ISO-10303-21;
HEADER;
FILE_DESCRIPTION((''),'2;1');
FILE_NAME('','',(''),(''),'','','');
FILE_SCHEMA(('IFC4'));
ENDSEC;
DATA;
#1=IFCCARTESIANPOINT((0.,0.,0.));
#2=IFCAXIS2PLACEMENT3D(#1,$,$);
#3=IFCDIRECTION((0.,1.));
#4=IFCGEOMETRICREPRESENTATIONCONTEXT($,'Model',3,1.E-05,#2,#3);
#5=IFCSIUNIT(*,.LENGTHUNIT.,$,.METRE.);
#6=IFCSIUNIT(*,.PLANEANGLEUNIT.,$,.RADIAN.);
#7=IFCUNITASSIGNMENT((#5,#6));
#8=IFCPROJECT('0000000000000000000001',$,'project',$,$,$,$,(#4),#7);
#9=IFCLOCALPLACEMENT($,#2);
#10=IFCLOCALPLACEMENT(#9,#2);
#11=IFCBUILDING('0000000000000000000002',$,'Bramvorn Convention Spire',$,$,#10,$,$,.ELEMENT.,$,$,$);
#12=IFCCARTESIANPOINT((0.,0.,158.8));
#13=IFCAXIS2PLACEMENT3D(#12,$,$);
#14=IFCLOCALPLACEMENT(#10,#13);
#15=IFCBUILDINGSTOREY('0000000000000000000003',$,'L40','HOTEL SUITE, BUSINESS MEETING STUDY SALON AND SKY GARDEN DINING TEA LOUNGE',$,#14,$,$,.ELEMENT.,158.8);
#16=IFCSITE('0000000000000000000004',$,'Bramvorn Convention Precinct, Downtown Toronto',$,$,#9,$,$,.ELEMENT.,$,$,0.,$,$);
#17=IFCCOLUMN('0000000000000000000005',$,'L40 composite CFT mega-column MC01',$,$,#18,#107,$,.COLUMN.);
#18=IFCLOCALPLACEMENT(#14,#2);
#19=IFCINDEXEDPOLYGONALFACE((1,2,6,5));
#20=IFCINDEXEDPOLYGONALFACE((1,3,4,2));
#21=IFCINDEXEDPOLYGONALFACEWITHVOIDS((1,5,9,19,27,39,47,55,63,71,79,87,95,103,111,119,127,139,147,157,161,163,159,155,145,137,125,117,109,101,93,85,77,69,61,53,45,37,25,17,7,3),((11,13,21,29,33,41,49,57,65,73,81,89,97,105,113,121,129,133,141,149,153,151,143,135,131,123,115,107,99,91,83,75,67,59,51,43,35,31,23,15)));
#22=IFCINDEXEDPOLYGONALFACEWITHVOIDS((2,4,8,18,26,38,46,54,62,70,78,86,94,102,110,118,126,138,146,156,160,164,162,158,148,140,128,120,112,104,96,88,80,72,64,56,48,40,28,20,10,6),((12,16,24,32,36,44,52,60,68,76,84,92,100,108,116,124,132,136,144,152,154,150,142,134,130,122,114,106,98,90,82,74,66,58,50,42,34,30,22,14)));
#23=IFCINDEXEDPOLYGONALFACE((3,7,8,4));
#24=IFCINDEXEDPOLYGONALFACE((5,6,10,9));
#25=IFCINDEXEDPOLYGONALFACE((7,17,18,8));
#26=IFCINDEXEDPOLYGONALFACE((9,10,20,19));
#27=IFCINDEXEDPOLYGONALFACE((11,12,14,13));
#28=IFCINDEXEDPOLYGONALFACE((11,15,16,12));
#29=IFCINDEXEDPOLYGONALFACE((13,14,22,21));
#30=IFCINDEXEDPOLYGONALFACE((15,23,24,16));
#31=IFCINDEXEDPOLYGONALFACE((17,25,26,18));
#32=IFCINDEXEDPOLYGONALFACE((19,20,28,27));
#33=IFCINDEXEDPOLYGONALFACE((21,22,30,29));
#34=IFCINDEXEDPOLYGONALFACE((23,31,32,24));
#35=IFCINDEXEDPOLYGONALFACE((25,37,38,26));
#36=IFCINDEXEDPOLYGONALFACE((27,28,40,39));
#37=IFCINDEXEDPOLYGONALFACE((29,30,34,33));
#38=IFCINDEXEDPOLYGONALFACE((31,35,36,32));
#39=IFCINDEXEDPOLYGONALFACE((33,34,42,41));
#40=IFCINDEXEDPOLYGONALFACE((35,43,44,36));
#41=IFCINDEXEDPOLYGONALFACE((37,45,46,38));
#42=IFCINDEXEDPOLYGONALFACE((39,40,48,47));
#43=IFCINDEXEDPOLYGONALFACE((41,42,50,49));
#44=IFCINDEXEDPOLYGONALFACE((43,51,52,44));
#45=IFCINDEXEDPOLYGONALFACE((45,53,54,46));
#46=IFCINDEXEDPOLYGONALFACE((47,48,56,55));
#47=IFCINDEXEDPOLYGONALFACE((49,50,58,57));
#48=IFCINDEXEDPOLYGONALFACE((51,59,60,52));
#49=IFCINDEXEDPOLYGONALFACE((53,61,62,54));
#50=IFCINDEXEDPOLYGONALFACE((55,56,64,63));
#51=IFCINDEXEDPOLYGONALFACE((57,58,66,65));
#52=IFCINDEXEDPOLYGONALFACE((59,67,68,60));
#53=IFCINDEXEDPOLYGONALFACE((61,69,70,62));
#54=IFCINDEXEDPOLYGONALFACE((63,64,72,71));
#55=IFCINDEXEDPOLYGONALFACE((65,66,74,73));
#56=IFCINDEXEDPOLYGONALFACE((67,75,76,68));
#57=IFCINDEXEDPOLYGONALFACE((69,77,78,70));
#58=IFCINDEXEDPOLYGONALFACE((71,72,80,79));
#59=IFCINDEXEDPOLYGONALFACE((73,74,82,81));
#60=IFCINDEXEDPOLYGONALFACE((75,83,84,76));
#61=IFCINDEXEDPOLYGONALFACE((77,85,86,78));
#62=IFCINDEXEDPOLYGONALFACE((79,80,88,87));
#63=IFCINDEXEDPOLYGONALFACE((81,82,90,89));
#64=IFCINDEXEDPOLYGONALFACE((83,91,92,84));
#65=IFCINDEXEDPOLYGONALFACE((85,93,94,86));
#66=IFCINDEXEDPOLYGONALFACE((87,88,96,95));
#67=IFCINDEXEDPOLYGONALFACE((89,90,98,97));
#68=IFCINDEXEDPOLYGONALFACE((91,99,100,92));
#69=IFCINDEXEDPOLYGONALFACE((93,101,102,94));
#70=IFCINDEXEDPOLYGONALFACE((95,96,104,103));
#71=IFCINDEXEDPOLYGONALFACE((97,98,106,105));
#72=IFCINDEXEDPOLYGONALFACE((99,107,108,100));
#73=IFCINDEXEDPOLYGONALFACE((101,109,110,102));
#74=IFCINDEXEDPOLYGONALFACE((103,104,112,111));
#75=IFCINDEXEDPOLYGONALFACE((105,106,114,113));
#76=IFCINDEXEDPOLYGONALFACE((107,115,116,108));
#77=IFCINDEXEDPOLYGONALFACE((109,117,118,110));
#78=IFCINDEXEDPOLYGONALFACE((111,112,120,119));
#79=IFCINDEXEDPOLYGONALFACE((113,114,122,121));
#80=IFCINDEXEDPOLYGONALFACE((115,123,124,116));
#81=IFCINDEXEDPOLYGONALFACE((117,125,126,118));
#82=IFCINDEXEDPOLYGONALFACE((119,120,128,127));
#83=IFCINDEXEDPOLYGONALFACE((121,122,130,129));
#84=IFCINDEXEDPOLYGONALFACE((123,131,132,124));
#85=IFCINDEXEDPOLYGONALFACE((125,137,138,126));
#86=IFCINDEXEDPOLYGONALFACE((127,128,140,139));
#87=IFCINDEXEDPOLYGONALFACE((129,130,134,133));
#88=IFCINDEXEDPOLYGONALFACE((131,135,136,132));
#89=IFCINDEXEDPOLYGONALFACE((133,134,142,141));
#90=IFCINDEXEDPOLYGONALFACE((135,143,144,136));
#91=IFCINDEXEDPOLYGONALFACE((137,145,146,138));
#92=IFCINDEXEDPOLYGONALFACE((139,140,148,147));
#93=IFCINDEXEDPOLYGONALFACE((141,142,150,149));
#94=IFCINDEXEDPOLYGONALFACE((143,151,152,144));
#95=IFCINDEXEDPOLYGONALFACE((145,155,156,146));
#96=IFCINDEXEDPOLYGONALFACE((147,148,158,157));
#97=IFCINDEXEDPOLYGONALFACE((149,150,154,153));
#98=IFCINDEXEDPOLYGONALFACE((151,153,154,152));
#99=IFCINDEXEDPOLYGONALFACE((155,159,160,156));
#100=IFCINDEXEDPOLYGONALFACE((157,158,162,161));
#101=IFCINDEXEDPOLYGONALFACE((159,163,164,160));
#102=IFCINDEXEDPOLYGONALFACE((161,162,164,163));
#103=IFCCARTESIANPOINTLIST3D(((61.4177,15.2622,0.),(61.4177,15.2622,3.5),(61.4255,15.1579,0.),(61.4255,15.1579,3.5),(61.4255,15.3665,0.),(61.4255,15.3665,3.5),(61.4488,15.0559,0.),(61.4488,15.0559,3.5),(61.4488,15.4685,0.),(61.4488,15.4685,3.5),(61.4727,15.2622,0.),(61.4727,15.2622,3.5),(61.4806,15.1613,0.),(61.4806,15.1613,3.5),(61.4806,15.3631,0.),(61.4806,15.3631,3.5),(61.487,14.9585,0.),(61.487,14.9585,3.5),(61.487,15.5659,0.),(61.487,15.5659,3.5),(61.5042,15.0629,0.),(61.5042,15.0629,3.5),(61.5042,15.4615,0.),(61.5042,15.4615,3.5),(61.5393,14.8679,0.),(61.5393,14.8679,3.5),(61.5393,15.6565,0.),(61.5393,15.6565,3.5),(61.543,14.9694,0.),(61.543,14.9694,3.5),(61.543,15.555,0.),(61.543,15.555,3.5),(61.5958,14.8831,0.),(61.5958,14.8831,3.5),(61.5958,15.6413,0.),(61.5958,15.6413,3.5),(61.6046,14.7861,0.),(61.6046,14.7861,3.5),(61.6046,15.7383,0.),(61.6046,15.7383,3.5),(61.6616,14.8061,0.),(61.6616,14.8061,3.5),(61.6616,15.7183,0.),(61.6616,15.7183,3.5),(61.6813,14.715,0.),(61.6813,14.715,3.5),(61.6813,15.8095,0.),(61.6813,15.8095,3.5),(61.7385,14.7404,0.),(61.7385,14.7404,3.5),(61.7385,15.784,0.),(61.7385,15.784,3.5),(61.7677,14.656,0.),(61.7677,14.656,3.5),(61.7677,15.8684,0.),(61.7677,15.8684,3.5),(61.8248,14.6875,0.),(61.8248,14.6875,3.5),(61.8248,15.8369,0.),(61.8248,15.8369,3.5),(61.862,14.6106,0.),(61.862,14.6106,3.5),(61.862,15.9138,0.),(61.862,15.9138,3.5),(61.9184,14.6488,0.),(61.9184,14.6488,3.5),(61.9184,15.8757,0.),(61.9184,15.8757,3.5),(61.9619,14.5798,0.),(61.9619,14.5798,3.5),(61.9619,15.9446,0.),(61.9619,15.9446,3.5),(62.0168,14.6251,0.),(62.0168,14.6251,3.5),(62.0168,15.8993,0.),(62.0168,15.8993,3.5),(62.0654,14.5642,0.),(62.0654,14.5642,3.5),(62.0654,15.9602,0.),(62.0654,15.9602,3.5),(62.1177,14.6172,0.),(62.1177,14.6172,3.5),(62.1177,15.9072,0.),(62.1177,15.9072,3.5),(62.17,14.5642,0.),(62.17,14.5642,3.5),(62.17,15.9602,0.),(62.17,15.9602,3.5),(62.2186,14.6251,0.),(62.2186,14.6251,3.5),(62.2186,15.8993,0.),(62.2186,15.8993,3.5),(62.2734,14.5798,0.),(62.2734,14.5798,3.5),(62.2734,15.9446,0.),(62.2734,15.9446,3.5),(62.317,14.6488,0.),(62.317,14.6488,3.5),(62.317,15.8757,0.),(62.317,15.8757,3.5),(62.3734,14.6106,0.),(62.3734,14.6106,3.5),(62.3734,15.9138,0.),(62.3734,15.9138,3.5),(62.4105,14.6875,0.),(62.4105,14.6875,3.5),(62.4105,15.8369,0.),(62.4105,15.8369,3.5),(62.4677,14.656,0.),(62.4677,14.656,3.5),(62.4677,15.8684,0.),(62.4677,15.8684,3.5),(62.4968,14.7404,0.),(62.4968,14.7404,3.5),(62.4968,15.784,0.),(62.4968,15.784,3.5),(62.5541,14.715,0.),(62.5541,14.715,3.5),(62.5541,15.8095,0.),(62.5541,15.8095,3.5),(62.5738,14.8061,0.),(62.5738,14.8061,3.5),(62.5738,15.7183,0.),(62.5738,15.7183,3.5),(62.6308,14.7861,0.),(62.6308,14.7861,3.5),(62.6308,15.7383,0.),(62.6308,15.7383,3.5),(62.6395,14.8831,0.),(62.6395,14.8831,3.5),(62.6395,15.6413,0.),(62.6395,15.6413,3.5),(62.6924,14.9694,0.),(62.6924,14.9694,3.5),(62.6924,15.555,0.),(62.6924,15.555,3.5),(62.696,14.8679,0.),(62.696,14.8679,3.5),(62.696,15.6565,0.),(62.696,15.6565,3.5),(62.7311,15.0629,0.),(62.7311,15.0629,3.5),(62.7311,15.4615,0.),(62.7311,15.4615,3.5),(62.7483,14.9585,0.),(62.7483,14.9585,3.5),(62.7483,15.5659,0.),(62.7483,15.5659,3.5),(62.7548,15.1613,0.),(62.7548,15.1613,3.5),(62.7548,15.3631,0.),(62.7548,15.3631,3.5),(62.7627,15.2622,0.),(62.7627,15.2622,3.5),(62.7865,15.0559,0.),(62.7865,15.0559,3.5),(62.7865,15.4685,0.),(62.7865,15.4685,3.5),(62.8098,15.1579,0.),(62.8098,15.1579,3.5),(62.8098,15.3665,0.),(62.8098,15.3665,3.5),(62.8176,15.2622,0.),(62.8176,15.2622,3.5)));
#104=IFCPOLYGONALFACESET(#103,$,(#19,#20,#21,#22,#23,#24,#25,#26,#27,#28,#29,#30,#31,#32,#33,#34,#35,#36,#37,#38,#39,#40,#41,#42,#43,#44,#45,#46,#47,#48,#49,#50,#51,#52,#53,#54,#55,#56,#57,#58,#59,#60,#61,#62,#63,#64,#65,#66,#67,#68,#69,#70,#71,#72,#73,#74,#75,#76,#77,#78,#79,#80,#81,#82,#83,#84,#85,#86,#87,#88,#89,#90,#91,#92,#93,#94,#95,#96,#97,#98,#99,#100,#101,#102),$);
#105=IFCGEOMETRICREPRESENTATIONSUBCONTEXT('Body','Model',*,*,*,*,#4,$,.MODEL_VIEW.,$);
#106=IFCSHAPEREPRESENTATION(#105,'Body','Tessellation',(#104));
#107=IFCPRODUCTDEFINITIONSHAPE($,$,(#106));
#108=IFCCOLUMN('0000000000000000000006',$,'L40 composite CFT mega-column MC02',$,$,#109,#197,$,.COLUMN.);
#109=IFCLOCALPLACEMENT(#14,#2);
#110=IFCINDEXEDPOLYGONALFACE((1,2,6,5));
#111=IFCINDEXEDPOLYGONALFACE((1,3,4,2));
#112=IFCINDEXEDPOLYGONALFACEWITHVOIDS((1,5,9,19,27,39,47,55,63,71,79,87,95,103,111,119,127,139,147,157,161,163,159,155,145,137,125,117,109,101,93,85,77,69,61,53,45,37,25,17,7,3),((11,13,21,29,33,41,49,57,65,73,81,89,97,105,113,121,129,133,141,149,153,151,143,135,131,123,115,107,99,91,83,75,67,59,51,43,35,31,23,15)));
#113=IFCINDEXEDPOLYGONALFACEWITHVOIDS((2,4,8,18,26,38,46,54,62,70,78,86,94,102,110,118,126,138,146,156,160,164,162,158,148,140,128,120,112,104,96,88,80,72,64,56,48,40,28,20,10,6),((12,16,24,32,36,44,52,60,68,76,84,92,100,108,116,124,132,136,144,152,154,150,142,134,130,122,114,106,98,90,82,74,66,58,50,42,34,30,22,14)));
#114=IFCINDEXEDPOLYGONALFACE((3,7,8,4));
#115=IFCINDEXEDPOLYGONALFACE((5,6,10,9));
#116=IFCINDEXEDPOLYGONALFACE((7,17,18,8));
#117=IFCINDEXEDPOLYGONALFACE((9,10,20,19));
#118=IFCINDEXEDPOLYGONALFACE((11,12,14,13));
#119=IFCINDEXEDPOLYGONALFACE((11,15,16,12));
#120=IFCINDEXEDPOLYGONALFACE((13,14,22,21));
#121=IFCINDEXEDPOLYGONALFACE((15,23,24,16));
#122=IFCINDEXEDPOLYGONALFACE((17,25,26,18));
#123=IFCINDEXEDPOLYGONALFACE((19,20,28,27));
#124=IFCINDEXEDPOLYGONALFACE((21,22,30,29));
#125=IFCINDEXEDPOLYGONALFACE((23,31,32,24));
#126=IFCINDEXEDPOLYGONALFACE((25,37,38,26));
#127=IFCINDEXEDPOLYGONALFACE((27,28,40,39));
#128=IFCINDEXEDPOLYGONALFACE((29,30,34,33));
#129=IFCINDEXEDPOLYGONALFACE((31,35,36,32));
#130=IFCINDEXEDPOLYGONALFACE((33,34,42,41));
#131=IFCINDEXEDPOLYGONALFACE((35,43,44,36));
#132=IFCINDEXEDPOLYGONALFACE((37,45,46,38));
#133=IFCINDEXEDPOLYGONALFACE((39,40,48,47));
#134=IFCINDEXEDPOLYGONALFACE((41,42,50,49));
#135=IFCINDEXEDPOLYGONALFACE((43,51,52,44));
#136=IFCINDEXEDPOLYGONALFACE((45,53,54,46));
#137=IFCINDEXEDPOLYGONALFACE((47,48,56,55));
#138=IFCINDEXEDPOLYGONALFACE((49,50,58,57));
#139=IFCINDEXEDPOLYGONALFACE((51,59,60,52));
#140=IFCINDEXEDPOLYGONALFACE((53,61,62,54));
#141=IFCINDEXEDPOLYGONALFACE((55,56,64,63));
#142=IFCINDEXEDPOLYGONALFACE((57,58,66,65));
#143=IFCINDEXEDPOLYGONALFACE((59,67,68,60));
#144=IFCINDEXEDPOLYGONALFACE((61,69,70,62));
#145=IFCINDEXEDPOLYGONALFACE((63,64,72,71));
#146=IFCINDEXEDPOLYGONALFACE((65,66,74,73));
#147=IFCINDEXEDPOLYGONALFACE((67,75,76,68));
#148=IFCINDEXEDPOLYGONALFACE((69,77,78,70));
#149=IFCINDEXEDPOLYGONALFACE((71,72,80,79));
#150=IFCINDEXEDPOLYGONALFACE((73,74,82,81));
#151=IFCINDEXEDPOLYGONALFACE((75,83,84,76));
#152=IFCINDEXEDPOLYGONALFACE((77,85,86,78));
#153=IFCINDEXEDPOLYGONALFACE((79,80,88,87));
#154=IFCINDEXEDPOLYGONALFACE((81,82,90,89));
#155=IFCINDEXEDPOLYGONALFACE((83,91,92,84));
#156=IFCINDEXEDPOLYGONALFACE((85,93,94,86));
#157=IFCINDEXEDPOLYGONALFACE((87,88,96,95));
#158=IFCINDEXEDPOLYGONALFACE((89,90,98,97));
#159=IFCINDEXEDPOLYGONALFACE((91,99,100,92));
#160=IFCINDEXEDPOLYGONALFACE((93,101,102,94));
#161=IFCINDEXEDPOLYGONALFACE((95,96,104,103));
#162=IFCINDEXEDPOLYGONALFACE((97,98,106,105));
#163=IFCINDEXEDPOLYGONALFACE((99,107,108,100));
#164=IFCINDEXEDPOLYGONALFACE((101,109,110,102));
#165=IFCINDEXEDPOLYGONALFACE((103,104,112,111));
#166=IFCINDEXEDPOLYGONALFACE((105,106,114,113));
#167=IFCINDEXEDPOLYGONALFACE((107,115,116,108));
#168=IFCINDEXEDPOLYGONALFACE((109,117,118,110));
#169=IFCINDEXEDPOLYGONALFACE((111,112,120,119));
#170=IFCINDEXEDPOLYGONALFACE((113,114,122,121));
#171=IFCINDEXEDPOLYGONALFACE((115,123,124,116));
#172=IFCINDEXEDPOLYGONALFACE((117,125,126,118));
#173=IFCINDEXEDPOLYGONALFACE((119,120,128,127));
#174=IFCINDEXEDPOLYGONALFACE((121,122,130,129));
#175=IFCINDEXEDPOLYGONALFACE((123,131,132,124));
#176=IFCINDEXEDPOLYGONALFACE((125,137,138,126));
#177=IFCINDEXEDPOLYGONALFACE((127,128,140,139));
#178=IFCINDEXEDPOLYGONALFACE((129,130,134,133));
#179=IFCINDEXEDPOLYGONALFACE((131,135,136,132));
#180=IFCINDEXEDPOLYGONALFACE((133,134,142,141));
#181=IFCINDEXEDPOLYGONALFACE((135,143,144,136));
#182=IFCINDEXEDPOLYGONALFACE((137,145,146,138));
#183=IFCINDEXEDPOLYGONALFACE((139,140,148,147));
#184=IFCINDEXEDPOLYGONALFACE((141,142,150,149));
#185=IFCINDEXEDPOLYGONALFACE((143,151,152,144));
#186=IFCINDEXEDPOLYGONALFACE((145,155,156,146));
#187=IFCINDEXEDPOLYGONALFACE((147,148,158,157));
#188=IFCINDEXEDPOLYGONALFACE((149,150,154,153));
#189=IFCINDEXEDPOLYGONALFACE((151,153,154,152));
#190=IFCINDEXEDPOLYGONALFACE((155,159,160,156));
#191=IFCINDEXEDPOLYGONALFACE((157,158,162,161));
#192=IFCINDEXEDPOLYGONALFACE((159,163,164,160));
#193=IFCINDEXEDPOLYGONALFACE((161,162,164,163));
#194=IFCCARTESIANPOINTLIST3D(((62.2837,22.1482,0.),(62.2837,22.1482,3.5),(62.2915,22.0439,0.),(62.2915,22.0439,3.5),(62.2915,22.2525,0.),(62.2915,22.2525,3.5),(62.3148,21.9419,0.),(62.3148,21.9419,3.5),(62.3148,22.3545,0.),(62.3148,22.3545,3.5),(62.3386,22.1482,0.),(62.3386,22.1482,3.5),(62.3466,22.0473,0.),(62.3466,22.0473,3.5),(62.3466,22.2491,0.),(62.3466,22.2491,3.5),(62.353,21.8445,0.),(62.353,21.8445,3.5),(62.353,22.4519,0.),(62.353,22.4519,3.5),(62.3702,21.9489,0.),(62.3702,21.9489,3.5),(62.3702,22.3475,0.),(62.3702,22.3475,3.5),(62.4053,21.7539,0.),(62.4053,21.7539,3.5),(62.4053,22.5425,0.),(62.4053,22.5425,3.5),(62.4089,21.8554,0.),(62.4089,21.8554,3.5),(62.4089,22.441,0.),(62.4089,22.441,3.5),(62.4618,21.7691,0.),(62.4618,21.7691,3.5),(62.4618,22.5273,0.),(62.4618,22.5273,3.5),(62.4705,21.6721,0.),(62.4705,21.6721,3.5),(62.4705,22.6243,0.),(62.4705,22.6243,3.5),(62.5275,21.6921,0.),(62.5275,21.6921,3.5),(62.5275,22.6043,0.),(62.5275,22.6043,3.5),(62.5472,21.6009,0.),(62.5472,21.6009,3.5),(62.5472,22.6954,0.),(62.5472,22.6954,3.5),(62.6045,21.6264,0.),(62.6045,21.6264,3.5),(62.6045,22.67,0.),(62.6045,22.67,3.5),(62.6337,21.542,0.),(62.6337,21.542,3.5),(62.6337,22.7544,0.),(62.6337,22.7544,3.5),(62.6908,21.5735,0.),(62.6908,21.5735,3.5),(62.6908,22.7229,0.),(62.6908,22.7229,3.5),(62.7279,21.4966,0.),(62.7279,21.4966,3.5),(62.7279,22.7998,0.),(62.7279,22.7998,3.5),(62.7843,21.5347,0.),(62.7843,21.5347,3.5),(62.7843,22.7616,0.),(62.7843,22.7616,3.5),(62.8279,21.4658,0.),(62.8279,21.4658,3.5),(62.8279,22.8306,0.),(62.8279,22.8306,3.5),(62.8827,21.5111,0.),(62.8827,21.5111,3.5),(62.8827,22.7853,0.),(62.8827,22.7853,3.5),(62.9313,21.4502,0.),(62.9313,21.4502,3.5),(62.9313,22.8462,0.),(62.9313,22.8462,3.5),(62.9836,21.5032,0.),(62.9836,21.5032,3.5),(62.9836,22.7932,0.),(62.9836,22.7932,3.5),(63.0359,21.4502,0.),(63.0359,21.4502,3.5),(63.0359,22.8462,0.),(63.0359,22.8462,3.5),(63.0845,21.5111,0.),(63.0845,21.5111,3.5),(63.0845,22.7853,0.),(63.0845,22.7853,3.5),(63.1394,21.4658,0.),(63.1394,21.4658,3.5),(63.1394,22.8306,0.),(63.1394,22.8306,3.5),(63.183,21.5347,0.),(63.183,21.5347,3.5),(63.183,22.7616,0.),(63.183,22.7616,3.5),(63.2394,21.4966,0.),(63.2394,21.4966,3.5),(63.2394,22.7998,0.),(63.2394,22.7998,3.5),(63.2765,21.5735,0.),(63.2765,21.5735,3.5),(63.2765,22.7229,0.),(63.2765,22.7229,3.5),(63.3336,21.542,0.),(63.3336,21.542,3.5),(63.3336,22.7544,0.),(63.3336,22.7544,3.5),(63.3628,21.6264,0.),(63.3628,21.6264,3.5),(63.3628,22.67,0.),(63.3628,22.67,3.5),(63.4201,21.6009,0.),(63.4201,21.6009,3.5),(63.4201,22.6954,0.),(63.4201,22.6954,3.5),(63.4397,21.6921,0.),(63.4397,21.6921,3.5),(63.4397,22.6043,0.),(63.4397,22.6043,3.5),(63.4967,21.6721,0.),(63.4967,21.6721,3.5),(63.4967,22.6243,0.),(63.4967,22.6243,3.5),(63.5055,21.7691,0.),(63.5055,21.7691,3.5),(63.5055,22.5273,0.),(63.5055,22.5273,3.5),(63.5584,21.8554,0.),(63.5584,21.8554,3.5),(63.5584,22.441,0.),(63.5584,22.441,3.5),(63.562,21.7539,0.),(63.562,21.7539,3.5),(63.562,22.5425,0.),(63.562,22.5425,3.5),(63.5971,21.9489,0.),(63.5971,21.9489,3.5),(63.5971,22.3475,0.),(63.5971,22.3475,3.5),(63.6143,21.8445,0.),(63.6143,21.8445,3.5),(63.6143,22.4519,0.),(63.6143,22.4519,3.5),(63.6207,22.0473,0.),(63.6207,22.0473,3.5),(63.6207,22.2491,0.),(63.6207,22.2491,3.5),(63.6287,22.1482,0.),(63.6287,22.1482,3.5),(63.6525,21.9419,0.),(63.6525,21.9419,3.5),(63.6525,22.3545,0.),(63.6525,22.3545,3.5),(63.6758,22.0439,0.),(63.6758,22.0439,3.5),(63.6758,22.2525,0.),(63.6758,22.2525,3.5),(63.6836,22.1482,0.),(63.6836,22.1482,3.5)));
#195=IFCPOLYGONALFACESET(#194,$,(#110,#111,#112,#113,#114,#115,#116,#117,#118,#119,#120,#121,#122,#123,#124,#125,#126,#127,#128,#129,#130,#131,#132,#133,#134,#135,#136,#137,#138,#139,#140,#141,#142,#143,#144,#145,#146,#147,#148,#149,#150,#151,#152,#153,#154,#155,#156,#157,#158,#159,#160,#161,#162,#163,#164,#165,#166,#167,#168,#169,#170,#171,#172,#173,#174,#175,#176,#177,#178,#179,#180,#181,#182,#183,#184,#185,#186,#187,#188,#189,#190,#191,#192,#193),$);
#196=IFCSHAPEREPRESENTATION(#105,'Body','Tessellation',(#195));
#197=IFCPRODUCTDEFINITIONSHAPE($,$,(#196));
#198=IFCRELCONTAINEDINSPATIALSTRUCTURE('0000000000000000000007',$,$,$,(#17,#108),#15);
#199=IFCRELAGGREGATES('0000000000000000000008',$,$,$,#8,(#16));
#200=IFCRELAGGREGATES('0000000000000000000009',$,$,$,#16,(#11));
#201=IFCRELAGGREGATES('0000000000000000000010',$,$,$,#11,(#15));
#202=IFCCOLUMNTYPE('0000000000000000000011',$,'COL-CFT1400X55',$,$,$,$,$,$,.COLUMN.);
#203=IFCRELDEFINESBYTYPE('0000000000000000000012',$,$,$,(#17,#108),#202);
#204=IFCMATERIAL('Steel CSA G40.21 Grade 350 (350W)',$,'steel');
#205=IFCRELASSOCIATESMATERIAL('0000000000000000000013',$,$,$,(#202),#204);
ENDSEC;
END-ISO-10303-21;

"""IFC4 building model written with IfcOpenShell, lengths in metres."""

from ifc_helpers import new_model, si_unit, direction, frame, origin, origin_2d, place, context, subcontext, project, spatial, hollow_circle, extrude, material, material_profile, profile_set, type_object, element, save


model = new_model("IFC4")

# Units and contexts
model_context = context("Model", 3, precision=1e-05, world=origin(), true_north=direction((0.0, 1.0)))
body_context = subcontext(model_context, "Body", "Model", "MODEL_VIEW")
ifc_project = project(units=[si_unit("LENGTHUNIT", "METRE"), si_unit("PLANEANGLEUNIT", "RADIAN")], contexts=[model_context])

# Site, building, storey
site_placement = place(None, origin())
site = spatial("IfcSite", under=ifc_project, at=site_placement, Name="Bramvorn Convention Precinct, Downtown Toronto", CompositionType="ELEMENT", RefElevation=0.0)
building_placement = place(site_placement, origin())
building = spatial("IfcBuilding", under=site, at=building_placement, Name="Bramvorn Convention Spire", CompositionType="ELEMENT")
storey_placement = place(building_placement, frame((0.0, 0.0, 158.8)))
storey = spatial("IfcBuildingStorey", under=building, at=storey_placement, Name="L40", Description="HOTEL SUITE, BUSINESS MEETING STUDY SALON AND SKY GARDEN DINING TEA LOUNGE", CompositionType="ELEMENT", Elevation=158.8)

# Columns
ifc_material_1 = material(Name="Steel CSA G40.21 Grade 350 (350W)", Category="steel")
ifc_material_profile_1 = material_profile(ifc_material_1, hollow_circle(Radius=0.7, WallThickness=0.0549, at=origin_2d()))
ifc_profile_set_1 = profile_set([ifc_material_profile_1], Name="Steel CSA G40.21 Grade 350 (350W) - CFT1400X55")
column_type = type_object("IfcColumnType", Name="COL-CFT1400X55", PredefinedType="COLUMN", material=ifc_profile_set_1)
for number, where, z_axis, x_axis, name in (
    (1, (62.1177, 15.2622, 0.0), (0.0, 0.0, 1.0), (1.0, 0.0, 0.0), "L40 composite CFT mega-column MC01"),
    (2, (62.9836, 22.1482, 0.0), (0.0, 0.0, 1.0), (1.0, 0.0, 0.0), "L40 composite CFT mega-column MC02"),
):
    element("IfcColumn", number, at=place(storey_placement, frame(where, z_axis=z_axis, x_axis=x_axis)), inside=storey, type_object=column_type, Name=name, PredefinedType="COLUMN", context=body_context, shape_type="SweptSolid", body=[
        extrude(hollow_circle(Radius=0.7, WallThickness=0.0549, at=origin_2d()), origin(), (0.0, 0.0, 1.0), 3.5),
    ])

save(model, "model.ifc")
